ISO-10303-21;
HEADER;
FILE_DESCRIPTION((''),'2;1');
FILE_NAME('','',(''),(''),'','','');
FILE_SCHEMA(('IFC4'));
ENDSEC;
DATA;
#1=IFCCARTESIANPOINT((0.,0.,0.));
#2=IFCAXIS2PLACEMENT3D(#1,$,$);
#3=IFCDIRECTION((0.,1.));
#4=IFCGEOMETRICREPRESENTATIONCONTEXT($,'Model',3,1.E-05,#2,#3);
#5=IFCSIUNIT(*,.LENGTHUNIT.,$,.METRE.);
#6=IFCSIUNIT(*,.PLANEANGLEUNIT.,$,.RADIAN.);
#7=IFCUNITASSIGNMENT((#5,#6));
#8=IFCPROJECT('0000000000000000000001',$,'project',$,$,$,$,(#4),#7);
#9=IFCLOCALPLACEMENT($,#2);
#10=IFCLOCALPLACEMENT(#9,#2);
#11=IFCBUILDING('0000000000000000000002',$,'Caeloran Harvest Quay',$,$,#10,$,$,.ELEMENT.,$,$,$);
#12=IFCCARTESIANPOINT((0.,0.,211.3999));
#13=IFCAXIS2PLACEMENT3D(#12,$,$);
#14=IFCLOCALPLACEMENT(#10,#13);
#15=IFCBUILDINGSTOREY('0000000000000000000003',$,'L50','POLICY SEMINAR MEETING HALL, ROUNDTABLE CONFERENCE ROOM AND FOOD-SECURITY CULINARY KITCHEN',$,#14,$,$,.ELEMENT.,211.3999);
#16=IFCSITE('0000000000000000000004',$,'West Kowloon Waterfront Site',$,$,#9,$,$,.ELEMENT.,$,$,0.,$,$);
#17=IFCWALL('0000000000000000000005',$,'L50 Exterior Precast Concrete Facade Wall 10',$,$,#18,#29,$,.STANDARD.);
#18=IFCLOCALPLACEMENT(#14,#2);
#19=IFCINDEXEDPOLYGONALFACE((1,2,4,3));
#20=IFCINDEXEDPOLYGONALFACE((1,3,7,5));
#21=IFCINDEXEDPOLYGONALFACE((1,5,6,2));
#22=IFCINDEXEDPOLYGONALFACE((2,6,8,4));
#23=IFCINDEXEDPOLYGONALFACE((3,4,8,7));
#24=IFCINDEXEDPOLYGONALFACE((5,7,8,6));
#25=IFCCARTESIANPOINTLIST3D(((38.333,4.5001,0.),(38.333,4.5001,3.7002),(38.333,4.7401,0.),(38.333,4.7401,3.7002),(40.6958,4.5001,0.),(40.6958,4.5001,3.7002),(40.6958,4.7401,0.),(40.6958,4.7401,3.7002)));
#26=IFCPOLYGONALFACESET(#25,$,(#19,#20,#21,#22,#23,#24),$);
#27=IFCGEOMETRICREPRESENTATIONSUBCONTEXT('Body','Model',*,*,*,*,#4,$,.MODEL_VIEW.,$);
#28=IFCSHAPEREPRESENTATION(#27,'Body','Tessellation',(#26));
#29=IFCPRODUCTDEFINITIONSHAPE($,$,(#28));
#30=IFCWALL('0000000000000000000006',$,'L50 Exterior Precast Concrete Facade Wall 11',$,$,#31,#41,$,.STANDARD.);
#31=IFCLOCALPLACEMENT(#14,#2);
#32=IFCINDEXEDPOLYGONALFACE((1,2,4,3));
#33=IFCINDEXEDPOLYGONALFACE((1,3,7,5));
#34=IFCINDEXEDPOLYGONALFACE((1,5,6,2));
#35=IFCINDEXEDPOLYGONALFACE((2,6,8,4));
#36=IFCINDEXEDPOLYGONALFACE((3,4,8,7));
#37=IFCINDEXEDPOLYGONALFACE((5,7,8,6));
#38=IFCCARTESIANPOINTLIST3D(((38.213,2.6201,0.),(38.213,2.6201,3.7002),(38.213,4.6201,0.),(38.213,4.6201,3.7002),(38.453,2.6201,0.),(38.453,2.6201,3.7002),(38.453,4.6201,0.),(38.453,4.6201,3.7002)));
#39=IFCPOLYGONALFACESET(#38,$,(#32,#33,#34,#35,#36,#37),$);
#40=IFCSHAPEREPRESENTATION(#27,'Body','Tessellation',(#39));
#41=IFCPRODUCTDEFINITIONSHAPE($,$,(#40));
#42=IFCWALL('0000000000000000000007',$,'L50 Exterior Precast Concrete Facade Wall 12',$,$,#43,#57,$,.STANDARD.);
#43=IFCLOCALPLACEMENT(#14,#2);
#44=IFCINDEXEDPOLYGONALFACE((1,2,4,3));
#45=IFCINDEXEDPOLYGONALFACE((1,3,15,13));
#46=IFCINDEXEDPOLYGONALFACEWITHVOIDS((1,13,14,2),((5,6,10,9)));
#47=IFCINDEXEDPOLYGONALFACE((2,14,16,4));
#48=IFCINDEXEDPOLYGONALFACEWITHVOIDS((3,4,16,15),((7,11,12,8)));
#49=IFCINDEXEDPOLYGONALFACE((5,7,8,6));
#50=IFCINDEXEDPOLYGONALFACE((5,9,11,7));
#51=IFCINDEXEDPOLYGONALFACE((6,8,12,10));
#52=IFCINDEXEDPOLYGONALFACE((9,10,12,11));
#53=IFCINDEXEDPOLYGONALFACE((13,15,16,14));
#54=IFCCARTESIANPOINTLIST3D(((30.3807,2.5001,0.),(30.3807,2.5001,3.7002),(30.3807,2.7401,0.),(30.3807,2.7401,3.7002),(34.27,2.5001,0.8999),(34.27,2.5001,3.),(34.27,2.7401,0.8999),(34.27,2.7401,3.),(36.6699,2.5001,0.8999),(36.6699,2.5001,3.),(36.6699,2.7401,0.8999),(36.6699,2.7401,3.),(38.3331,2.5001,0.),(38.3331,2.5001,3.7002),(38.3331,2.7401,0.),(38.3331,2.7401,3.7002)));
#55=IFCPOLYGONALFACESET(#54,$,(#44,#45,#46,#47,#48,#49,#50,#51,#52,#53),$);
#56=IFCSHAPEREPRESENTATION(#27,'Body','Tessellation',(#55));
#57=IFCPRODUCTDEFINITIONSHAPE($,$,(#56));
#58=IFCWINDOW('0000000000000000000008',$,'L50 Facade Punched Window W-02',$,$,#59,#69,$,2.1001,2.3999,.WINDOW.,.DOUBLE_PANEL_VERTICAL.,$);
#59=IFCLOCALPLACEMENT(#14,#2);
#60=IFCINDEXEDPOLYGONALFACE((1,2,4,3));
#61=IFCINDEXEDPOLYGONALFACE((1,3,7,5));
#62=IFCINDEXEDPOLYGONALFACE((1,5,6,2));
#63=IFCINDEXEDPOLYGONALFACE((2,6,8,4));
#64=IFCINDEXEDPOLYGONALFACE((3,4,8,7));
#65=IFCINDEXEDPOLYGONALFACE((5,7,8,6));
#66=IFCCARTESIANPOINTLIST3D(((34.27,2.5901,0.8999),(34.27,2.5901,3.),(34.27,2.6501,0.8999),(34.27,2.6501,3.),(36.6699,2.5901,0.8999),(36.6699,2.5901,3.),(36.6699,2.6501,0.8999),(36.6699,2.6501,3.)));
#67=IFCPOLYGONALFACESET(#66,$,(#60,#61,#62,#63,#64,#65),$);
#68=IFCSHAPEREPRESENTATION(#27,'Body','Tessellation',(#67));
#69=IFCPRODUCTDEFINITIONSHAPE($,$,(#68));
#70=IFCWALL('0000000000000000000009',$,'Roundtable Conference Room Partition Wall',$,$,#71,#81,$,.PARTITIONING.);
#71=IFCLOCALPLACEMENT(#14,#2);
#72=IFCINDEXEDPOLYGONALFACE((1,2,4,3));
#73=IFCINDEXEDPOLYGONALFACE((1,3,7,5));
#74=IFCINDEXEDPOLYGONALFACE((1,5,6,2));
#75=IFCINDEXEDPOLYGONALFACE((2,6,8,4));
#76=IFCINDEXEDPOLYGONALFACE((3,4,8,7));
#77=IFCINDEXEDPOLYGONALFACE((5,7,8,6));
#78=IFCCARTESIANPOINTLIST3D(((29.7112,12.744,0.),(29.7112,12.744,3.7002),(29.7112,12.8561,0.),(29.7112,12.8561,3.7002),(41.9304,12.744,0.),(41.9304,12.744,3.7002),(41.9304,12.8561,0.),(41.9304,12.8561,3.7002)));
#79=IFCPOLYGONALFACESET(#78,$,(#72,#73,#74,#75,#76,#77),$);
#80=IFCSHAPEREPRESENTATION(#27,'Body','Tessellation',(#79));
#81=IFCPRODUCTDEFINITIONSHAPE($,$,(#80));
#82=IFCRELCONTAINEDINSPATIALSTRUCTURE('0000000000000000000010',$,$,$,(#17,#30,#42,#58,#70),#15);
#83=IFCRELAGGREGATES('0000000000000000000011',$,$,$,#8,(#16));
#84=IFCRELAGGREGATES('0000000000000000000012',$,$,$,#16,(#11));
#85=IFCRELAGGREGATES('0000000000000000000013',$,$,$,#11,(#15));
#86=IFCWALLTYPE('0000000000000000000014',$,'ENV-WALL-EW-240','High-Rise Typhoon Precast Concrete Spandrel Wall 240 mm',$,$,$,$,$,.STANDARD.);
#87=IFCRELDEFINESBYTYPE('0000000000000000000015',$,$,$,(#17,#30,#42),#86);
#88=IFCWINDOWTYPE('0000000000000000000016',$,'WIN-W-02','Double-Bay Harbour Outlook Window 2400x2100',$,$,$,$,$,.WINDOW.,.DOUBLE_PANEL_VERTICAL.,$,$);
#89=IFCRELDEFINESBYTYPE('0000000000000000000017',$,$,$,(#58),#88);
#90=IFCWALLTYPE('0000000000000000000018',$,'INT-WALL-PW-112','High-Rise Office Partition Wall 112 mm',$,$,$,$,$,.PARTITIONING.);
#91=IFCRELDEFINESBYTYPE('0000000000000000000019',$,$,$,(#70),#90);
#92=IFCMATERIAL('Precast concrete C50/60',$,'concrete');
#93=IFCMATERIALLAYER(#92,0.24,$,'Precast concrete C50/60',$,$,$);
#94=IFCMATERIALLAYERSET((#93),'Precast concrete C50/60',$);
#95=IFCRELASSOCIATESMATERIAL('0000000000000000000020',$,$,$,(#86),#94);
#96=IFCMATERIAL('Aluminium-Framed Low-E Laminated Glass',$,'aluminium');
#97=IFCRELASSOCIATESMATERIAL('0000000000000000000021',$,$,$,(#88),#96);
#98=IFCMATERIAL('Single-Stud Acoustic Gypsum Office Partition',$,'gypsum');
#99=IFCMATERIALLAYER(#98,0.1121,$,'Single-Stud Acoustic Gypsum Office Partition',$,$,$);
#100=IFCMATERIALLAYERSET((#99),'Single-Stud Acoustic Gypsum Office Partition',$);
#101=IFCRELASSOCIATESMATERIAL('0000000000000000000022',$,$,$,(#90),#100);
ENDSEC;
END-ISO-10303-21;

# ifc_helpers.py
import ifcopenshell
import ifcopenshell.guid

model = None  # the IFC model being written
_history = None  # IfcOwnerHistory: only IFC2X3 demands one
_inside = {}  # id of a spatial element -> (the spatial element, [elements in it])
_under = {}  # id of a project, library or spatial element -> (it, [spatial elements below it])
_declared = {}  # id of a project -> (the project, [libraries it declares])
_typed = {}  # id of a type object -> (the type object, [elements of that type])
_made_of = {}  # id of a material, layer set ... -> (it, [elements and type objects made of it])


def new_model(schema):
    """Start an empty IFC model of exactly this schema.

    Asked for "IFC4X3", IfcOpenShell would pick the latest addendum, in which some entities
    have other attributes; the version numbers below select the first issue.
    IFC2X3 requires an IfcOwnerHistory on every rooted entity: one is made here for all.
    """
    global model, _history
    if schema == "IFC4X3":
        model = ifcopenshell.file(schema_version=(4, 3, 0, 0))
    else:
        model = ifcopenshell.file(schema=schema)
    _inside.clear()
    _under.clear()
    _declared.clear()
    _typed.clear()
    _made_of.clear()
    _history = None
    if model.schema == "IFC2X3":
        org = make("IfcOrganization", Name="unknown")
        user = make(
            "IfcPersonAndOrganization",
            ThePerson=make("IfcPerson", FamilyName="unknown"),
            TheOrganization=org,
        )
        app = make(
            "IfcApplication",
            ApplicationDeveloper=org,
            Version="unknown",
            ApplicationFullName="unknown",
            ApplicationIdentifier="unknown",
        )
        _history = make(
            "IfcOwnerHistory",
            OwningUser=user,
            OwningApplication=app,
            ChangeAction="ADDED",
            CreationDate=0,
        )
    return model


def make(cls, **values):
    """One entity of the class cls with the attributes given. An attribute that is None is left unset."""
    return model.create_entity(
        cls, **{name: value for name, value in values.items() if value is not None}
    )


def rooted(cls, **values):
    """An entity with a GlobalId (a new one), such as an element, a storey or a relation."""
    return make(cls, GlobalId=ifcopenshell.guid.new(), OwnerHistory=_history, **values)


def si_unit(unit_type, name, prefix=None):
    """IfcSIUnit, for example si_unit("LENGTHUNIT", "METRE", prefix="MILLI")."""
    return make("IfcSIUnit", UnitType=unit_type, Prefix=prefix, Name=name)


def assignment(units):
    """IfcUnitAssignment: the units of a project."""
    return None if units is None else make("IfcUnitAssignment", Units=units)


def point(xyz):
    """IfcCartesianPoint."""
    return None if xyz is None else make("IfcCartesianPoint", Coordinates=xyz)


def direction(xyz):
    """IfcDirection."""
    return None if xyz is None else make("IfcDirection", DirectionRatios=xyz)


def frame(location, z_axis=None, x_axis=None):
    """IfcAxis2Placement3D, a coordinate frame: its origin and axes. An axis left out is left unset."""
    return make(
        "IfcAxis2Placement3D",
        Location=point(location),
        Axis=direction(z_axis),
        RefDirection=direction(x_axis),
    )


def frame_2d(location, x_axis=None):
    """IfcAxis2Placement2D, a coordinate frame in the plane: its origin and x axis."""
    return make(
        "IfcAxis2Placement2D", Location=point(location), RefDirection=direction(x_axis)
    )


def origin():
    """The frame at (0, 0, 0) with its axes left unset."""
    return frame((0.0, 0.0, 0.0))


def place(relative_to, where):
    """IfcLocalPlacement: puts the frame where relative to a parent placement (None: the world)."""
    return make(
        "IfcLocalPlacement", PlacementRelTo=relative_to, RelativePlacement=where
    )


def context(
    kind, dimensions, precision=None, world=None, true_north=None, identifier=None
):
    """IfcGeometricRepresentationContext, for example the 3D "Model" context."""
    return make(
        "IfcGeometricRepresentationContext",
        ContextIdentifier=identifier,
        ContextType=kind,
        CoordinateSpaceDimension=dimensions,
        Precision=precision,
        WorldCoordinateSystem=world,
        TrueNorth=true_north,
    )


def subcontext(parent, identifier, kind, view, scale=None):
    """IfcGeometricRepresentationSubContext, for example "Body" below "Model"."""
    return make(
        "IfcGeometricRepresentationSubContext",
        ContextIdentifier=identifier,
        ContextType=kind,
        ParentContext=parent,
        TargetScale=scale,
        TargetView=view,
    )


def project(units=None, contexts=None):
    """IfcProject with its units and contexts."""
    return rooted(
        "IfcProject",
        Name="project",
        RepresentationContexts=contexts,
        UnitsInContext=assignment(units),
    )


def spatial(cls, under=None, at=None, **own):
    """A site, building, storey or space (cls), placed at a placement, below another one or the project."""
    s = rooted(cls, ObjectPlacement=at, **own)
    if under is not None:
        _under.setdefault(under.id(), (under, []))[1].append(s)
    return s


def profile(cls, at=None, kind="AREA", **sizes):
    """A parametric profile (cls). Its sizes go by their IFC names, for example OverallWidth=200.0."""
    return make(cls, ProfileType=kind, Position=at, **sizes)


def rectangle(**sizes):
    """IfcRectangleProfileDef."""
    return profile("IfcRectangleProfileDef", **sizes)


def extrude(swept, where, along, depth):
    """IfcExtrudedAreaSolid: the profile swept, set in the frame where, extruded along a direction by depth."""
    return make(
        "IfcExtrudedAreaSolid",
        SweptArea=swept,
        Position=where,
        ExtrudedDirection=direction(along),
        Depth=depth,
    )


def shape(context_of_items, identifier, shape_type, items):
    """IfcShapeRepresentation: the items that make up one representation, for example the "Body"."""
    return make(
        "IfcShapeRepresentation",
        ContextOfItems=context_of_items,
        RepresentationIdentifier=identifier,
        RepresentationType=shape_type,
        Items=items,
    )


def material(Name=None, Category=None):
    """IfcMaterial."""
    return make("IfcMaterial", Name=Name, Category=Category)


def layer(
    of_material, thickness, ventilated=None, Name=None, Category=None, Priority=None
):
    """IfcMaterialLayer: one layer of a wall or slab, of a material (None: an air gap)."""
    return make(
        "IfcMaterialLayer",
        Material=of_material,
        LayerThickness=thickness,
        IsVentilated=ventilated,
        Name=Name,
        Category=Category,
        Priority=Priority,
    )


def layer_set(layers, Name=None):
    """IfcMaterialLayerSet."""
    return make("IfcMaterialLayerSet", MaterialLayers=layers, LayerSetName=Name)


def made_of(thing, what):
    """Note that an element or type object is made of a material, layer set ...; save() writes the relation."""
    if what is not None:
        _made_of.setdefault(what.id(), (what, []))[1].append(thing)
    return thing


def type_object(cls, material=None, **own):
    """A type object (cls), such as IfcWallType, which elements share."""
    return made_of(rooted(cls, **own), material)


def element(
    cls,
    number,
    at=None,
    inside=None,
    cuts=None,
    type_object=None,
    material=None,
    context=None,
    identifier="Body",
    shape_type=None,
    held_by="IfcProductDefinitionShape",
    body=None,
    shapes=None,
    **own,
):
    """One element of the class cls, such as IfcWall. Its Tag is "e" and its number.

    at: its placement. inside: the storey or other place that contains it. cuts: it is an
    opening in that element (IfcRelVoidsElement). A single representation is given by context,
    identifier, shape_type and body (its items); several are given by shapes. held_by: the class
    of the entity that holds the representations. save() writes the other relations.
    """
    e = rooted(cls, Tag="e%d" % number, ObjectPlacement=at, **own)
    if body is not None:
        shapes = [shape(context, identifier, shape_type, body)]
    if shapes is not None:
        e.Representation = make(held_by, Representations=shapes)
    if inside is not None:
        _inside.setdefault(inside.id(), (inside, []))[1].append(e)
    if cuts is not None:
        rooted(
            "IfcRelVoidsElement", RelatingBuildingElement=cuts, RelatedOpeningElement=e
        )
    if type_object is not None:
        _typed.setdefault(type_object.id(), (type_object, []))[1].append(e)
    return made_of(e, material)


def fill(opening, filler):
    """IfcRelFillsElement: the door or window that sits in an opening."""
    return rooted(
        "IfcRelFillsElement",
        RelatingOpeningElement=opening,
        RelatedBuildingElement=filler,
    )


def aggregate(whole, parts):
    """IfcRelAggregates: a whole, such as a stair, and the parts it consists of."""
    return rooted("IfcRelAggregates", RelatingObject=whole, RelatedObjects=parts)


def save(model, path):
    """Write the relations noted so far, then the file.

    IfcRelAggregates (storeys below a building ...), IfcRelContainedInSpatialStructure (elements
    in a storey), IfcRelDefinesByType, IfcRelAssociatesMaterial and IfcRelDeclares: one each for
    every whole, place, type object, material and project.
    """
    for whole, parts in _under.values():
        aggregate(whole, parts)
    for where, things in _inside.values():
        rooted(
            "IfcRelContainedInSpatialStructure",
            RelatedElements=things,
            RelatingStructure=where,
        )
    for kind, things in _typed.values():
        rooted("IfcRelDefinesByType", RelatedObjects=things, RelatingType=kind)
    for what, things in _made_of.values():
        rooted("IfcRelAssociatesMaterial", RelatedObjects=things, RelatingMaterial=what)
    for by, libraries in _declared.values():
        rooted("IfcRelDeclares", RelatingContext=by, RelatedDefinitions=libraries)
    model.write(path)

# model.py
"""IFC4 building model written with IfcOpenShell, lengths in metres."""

from ifc_helpers import new_model, si_unit, direction, frame, frame_2d, origin, place, context, subcontext, project, spatial, rectangle, extrude, material, layer, layer_set, type_object, element, fill, save


model = new_model("IFC4")

# Units and contexts
model_context = context("Model", 3, precision=1e-05, world=origin(), true_north=direction((0.0, 1.0)))
body_context = subcontext(model_context, "Body", "Model", "MODEL_VIEW")
ifc_project = project(units=[si_unit("LENGTHUNIT", "METRE"), si_unit("PLANEANGLEUNIT", "RADIAN")], contexts=[model_context])

# Site, building, storey
site_placement = place(None, origin())
site = spatial("IfcSite", under=ifc_project, at=site_placement, Name="West Kowloon Waterfront Site", CompositionType="ELEMENT", RefElevation=0.0)
building_placement = place(site_placement, origin())
building = spatial("IfcBuilding", under=site, at=building_placement, Name="Caeloran Harvest Quay", CompositionType="ELEMENT")
storey_placement = place(building_placement, frame((0.0, 0.0, 211.3999)))
storey = spatial("IfcBuildingStorey", under=building, at=storey_placement, Name="L50", Description="POLICY SEMINAR MEETING HALL, ROUNDTABLE CONFERENCE ROOM AND FOOD-SECURITY CULINARY KITCHEN", CompositionType="ELEMENT", Elevation=211.3999)

# Walls
ifc_material_1 = material(Name="Precast concrete C50/60", Category="concrete")
ifc_layer_1 = layer(ifc_material_1, 0.24, Name="Precast concrete C50/60")
ifc_layer_set_1 = layer_set([ifc_layer_1], Name="Precast concrete C50/60")
wall_type_1 = type_object("IfcWallType", Name="ENV-WALL-EW-240", Description="High-Rise Typhoon Precast Concrete Spandrel Wall 240 mm", PredefinedType="STANDARD", material=ifc_layer_set_1)
wall_1_placement = place(storey_placement, frame((40.6958, 4.6201, 0.0), z_axis=(0.0, 0.0, 1.0), x_axis=(-1.0, 0.0, 0.0)))
element("IfcWall", 1, at=wall_1_placement, inside=storey, type_object=wall_type_1, Name="L50 Exterior Precast Concrete Facade Wall 10", PredefinedType="STANDARD", context=body_context, shape_type="SweptSolid", body=[
    extrude(rectangle(XDim=2.3628, YDim=0.24, at=frame_2d((1.1814, 0.0))), origin(), (0.0, 0.0, 1.0), 3.7002),
])
wall_2_placement = place(storey_placement, frame((38.333, 4.6201, 0.0), z_axis=(0.0, 0.0, 1.0), x_axis=(0.0, -1.0, 0.0)))
element("IfcWall", 2, at=wall_2_placement, inside=storey, type_object=wall_type_1, Name="L50 Exterior Precast Concrete Facade Wall 11", PredefinedType="STANDARD", context=body_context, shape_type="SweptSolid", body=[
    extrude(rectangle(XDim=2.0, YDim=0.24, at=frame_2d((1.0, 0.0))), origin(), (0.0, 0.0, 1.0), 3.7002),
])

# Wall, opening, window
wall_3_placement = place(storey_placement, frame((38.333, 2.6201, 0.0), z_axis=(0.0, 0.0, 1.0), x_axis=(-1.0, 0.0, 0.0)))
wall_3 = element("IfcWall", 3, at=wall_3_placement, inside=storey, type_object=wall_type_1, Name="L50 Exterior Precast Concrete Facade Wall 12", PredefinedType="STANDARD", context=body_context, shape_type="SweptSolid", body=[
    extrude(rectangle(XDim=7.9524, YDim=0.24, at=frame_2d((3.9761, 0.0))), origin(), (0.0, 0.0, 1.0), 3.7002),
])
opening_placement = place(wall_3_placement, frame((1.6631, 0.0, 0.8999)))
opening = element("IfcOpeningElement", 4, at=opening_placement, cuts=wall_3, PredefinedType="OPENING", context=body_context, shape_type="SweptSolid", body=[
    extrude(rectangle(XDim=2.3999, YDim=2.1001, at=frame_2d((1.2, 1.05))), frame((0.0, 0.1299, 0.0), z_axis=(0.0, -1.0, 0.0), x_axis=(1.0, 0.0, 0.0)), (0.0, 0.0, 1.0), 0.26),
])
ifc_material_2 = material(Name="Aluminium-Framed Low-E Laminated Glass", Category="aluminium")
window_type = type_object("IfcWindowType", Name="WIN-W-02", Description="Double-Bay Harbour Outlook Window 2400x2100", PartitioningType="DOUBLE_PANEL_VERTICAL", PredefinedType="WINDOW", material=ifc_material_2)
window_placement = place(opening_placement, origin())
window = element("IfcWindow", 5, at=window_placement, inside=storey, type_object=window_type, Name="L50 Facade Punched Window W-02", OverallHeight=2.1001, OverallWidth=2.3999, PartitioningType="DOUBLE_PANEL_VERTICAL", PredefinedType="WINDOW", context=body_context, shape_type="SweptSolid", body=[
    extrude(rectangle(XDim=2.3999, YDim=2.1001, at=frame_2d((1.2, 1.05))), frame((0.0, 0.03, 0.0), z_axis=(0.0, -1.0, 0.0), x_axis=(1.0, 0.0, 0.0)), (0.0, 0.0, 1.0), 0.0601),
])
fill(opening, window)

# Wall
ifc_material_3 = material(Name="Single-Stud Acoustic Gypsum Office Partition", Category="gypsum")
ifc_layer_2 = layer(ifc_material_3, 0.1121, Name="Single-Stud Acoustic Gypsum Office Partition")
ifc_layer_set_2 = layer_set([ifc_layer_2], Name="Single-Stud Acoustic Gypsum Office Partition")
wall_type_2 = type_object("IfcWallType", Name="INT-WALL-PW-112", Description="High-Rise Office Partition Wall 112 mm", PredefinedType="PARTITIONING", material=ifc_layer_set_2)
wall_4_placement = place(storey_placement, frame((41.9304, 12.8, 0.0), z_axis=(0.0, 0.0, 1.0), x_axis=(-1.0, 0.0, 0.0)))
element("IfcWall", 6, at=wall_4_placement, inside=storey, type_object=wall_type_2, Name="Roundtable Conference Room Partition Wall", PredefinedType="PARTITIONING", context=body_context, shape_type="SweptSolid", body=[
    extrude(rectangle(XDim=12.2192, YDim=0.1121, at=frame_2d((6.1096, 0.0))), origin(), (0.0, 0.0, 1.0), 3.7002),
])

save(model, "model.ifc")
